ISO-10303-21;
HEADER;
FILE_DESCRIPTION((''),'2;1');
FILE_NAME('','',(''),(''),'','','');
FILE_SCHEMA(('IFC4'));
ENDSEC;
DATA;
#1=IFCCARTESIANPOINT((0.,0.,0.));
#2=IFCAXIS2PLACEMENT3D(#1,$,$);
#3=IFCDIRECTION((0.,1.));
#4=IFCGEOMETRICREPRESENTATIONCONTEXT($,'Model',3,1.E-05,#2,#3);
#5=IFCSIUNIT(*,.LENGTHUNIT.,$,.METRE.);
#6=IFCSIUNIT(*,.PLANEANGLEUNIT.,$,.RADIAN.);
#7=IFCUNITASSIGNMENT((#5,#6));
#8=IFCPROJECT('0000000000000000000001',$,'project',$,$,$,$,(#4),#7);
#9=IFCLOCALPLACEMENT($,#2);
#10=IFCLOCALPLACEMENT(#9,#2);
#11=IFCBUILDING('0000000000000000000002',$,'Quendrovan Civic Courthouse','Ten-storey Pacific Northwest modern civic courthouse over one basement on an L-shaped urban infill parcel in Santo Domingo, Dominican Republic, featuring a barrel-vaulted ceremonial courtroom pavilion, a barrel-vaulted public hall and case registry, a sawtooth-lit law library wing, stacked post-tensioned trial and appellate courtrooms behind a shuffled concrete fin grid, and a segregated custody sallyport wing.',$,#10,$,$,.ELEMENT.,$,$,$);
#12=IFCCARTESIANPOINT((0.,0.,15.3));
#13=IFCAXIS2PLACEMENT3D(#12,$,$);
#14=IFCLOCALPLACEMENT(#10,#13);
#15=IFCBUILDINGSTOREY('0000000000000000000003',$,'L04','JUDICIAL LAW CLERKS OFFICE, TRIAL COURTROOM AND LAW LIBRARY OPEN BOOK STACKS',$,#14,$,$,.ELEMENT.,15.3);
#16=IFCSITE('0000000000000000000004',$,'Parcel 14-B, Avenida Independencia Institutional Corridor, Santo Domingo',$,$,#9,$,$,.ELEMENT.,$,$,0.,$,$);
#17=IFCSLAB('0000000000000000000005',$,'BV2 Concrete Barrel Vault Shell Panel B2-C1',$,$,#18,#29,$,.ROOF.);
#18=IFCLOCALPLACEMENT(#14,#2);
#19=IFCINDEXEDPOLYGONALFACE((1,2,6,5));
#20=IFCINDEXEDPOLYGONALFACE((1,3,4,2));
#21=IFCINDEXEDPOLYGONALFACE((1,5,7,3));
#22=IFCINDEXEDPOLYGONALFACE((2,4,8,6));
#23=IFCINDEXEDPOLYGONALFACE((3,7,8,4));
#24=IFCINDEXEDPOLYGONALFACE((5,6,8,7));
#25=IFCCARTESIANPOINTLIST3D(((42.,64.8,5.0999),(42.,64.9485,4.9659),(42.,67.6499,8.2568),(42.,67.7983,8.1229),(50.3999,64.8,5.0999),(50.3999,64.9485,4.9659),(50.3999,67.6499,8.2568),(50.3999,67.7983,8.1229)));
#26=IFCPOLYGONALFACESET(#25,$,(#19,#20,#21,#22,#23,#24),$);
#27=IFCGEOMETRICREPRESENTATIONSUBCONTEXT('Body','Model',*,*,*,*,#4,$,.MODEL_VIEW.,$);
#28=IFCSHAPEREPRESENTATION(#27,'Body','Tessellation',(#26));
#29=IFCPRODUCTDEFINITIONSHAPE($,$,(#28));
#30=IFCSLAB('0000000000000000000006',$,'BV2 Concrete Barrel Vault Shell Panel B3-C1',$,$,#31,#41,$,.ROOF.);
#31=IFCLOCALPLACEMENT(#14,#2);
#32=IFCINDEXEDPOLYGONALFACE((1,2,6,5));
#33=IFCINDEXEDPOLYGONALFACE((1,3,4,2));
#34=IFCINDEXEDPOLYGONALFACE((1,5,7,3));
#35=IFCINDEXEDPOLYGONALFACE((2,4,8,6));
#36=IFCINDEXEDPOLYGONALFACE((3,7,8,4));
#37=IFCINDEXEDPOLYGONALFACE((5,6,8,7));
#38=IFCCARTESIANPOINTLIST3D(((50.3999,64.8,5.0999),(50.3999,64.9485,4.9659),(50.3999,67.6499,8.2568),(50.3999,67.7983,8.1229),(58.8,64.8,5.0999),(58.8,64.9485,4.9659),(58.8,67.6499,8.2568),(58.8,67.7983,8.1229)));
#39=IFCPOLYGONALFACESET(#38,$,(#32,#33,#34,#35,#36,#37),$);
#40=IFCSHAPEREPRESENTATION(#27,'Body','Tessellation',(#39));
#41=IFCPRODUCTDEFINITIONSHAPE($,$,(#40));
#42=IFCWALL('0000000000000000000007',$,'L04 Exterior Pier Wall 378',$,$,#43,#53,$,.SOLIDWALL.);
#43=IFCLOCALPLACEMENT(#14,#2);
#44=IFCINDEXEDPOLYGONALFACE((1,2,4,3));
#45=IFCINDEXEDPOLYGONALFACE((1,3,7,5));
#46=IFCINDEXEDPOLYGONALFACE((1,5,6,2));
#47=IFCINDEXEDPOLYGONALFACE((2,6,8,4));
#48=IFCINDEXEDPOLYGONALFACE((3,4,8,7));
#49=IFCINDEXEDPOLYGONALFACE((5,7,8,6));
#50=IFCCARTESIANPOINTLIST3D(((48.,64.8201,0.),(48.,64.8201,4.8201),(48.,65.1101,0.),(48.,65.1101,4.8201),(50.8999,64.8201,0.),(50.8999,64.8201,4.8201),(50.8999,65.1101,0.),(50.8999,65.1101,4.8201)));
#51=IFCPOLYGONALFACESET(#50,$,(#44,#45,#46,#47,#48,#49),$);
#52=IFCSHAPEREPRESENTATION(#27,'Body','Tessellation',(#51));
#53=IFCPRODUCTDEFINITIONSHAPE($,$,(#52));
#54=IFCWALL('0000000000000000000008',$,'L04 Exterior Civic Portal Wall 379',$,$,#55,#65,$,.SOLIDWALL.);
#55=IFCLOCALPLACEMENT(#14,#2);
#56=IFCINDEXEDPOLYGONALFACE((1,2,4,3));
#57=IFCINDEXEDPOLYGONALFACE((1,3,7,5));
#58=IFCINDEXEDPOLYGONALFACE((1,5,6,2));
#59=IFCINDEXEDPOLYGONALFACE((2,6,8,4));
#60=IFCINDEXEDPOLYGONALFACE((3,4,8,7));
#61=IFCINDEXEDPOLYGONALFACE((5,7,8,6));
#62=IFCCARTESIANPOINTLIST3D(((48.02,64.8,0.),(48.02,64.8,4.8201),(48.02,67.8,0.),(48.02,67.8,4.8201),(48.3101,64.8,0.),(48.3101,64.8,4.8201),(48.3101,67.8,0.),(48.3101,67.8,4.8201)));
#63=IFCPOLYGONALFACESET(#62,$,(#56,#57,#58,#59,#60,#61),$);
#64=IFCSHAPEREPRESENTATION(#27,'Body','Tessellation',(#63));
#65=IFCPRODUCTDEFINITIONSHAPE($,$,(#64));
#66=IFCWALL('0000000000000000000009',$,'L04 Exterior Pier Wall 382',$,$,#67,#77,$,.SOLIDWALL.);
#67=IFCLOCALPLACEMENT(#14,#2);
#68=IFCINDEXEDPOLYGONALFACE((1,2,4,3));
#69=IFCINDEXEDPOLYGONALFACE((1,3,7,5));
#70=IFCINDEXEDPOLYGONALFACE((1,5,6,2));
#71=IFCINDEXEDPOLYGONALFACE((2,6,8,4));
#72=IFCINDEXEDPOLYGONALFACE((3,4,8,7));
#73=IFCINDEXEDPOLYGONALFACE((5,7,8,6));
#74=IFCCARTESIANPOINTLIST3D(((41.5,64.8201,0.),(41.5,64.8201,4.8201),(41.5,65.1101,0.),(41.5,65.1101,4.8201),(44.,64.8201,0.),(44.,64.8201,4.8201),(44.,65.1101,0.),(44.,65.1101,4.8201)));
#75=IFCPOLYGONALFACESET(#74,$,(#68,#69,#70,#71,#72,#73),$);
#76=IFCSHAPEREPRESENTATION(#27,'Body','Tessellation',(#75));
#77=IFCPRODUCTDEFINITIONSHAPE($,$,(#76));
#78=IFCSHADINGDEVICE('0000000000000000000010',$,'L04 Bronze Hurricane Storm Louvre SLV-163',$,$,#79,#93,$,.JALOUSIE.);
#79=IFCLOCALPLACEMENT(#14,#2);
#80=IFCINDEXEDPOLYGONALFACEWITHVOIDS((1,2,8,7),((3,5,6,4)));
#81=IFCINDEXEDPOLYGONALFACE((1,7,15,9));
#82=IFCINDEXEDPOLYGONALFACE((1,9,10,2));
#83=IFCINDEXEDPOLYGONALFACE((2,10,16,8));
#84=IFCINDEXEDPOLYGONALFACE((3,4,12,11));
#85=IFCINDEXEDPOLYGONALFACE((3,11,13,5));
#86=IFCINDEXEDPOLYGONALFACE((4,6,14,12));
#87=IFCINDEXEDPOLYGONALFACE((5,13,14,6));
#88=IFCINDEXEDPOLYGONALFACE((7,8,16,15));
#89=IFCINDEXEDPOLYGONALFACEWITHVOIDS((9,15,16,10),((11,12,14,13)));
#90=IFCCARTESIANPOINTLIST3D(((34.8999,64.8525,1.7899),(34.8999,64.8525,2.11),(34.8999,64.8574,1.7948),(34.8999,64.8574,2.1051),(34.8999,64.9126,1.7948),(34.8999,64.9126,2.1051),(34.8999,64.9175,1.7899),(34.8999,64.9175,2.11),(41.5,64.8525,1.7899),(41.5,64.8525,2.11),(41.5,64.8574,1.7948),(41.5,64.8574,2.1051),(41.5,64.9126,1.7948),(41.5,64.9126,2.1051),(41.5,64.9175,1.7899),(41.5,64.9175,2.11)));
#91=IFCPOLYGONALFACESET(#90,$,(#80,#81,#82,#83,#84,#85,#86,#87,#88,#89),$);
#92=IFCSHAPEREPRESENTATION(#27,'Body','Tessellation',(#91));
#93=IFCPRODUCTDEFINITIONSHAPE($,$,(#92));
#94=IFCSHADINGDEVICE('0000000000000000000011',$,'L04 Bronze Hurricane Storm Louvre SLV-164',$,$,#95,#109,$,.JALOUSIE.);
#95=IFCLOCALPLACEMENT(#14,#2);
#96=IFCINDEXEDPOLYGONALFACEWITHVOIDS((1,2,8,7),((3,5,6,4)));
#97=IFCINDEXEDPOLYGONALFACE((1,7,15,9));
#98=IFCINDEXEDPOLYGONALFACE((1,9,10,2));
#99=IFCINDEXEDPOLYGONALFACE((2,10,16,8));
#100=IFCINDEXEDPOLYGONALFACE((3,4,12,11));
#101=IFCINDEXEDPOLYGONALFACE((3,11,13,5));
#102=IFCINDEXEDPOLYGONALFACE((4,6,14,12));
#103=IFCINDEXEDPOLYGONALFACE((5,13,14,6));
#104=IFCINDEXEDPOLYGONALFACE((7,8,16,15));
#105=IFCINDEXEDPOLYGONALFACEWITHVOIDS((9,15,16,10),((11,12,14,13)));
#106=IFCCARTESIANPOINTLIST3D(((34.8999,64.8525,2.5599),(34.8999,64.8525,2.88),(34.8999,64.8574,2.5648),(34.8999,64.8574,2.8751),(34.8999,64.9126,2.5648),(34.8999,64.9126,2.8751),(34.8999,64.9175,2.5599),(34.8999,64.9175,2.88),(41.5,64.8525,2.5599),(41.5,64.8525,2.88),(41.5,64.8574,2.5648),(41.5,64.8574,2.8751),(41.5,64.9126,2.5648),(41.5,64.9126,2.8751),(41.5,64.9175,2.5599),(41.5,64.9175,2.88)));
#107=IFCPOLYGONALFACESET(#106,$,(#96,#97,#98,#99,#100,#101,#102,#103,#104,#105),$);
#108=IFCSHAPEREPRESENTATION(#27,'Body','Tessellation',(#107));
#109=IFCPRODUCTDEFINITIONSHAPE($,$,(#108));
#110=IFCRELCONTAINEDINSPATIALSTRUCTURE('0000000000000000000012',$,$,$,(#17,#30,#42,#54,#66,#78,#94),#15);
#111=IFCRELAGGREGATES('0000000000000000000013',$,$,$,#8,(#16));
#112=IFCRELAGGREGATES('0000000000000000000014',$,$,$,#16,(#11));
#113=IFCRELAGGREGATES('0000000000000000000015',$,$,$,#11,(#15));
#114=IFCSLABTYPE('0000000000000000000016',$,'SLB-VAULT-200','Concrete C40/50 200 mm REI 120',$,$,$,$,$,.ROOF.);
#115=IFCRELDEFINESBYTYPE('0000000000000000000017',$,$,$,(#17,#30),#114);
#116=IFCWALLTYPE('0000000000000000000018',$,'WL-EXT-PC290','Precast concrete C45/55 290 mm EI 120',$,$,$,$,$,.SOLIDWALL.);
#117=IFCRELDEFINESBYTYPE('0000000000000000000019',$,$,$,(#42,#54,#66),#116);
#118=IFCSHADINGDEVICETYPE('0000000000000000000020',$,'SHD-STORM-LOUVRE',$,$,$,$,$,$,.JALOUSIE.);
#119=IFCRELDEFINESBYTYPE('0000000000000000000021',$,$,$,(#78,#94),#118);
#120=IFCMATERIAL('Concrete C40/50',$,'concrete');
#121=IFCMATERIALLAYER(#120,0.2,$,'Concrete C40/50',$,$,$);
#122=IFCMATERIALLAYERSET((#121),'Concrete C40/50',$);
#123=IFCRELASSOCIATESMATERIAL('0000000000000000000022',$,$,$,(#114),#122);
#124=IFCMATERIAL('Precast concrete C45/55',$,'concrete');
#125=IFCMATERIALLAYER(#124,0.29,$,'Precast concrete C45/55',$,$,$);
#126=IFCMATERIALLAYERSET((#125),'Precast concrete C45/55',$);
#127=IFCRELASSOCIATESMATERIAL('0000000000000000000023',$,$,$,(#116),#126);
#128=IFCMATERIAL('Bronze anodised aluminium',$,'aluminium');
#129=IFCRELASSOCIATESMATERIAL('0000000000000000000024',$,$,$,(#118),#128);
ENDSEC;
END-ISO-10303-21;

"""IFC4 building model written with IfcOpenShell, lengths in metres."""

from ifc_helpers import new_model, si_unit, direction, frame, frame_2d, origin, origin_2d, place, context, subcontext, project, spatial, polyline, rectangle, hollow_rectangle, outline, extrude, material, layer, layer_set, material_profile, profile_set, type_object, element, save


model = new_model("IFC4")

# Units and contexts
model_context = context("Model", 3, precision=1e-05, world=origin(), true_north=direction((0.0, 1.0)))
body_context = subcontext(model_context, "Body", "Model", "MODEL_VIEW")
ifc_project = project(units=[si_unit("LENGTHUNIT", "METRE"), si_unit("PLANEANGLEUNIT", "RADIAN")], contexts=[model_context])

# Site, building, storey
site_placement = place(None, origin())
site = spatial("IfcSite", under=ifc_project, at=site_placement, Name="Parcel 14-B, Avenida Independencia Institutional Corridor, Santo Domingo", CompositionType="ELEMENT", RefElevation=0.0)
building_placement = place(site_placement, origin())
building = spatial("IfcBuilding", under=site, at=building_placement, Name="Quendrovan Civic Courthouse", Description="Ten-storey Pacific Northwest modern civic courthouse over one basement on an L-shaped urban infill parcel in Santo Domingo, Dominican Republic, featuring a barrel-vaulted ceremonial courtroom pavilion, a barrel-vaulted public hall and case registry, a sawtooth-lit law library wing, stacked post-tensioned trial and appellate courtrooms behind a shuffled concrete fin grid, and a segregated custody sallyport wing.", CompositionType="ELEMENT")
storey_placement = place(building_placement, frame((0.0, 0.0, 15.3)))
storey = spatial("IfcBuildingStorey", under=building, at=storey_placement, Name="L04", Description="JUDICIAL LAW CLERKS OFFICE, TRIAL COURTROOM AND LAW LIBRARY OPEN BOOK STACKS", CompositionType="ELEMENT", Elevation=15.3)

# Shared definitions
ifc_material_1 = material(Name="Concrete C40/50", Category="concrete")

# Shared definitions
ifc_material_2 = material(Name="Bronze anodised aluminium", Category="aluminium")

# Slabs
ifc_layer_1 = layer(ifc_material_1, 0.2, Name="Concrete C40/50")
ifc_layer_set_1 = layer_set([ifc_layer_1], Name="Concrete C40/50")
slab_type = type_object("IfcSlabType", Name="SLB-VAULT-200", Description="Concrete C40/50 200 mm REI 120", PredefinedType="ROOF", material=ifc_layer_set_1)
slab_1_placement = place(storey_placement, frame((42.0, 64.8, 5.0999), z_axis=(0.0, -0.742291, 0.670077), x_axis=(1.0, 0.0, 0.0)))
element("IfcSlab", 1, at=slab_1_placement, inside=storey, type_object=slab_type, Name="BV2 Concrete Barrel Vault Shell Panel B2-C1", PredefinedType="ROOF", context=body_context, shape_type="SweptSolid", body=[
    extrude(outline(polyline([(0.0, 0.0), (8.3999, 0.0), (8.3999, 4.253), (0.0, 4.253), (0.0, 0.0)])), origin(), (0.0, 0.0, -1.0), 0.2),
])
slab_2_placement = place(storey_placement, frame((50.3999, 64.8, 5.0999), z_axis=(0.0, -0.742291, 0.670077), x_axis=(1.0, 0.0, 0.0)))
element("IfcSlab", 2, at=slab_2_placement, inside=storey, type_object=slab_type, Name="BV2 Concrete Barrel Vault Shell Panel B3-C1", PredefinedType="ROOF", context=body_context, shape_type="SweptSolid", body=[
    extrude(outline(polyline([(0.0, 0.0), (8.4001, 0.0), (8.4001, 4.253), (0.0, 4.253), (0.0, 0.0)])), origin(), (0.0, 0.0, -1.0), 0.2),
])

# Walls
ifc_material_3 = material(Name="Precast concrete C45/55", Category="concrete")
ifc_layer_2 = layer(ifc_material_3, 0.29, Name="Precast concrete C45/55")
ifc_layer_set_2 = layer_set([ifc_layer_2], Name="Precast concrete C45/55")
wall_type = type_object("IfcWallType", Name="WL-EXT-PC290", Description="Precast concrete C45/55 290 mm EI 120", PredefinedType="SOLIDWALL", material=ifc_layer_set_2)
wall_1_placement = place(storey_placement, frame((50.8999, 64.9651, 0.0), z_axis=(0.0, 0.0, 1.0), x_axis=(-1.0, 0.0, 0.0)))
element("IfcWall", 3, at=wall_1_placement, inside=storey, type_object=wall_type, Name="L04 Exterior Pier Wall 378", PredefinedType="SOLIDWALL", context=body_context, shape_type="SweptSolid", body=[
    extrude(rectangle(XDim=2.8999, YDim=0.29, at=frame_2d((1.45, 0.0))), origin(), (0.0, 0.0, 1.0), 4.8201),
])
wall_2_placement = place(storey_placement, frame((48.165, 64.8, 0.0), z_axis=(0.0, 0.0, 1.0), x_axis=(0.0, 1.0, 0.0)))
element("IfcWall", 4, at=wall_2_placement, inside=storey, type_object=wall_type, Name="L04 Exterior Civic Portal Wall 379", PredefinedType="SOLIDWALL", context=body_context, shape_type="SweptSolid", body=[
    extrude(rectangle(XDim=3.0, YDim=0.29, at=frame_2d((1.5, 0.0))), origin(), (0.0, 0.0, 1.0), 4.8201),
])
wall_3_placement = place(storey_placement, frame((44.0, 64.9651, 0.0), z_axis=(0.0, 0.0, 1.0), x_axis=(-1.0, 0.0, 0.0)))
element("IfcWall", 5, at=wall_3_placement, inside=storey, type_object=wall_type, Name="L04 Exterior Pier Wall 382", PredefinedType="SOLIDWALL", context=body_context, shape_type="SweptSolid", body=[
    extrude(rectangle(XDim=2.5, YDim=0.29, at=frame_2d((1.25, 0.0))), origin(), (0.0, 0.0, 1.0), 4.8201),
])

# Shading devices
ifc_material_profile_1 = material_profile(ifc_material_2, hollow_rectangle(XDim=0.0649, YDim=0.3201, WallThickness=0.0049, at=origin_2d()), Name="AL-LOUVRE-65x320")
ifc_profile_set_1 = profile_set([ifc_material_profile_1], Name="Bronze anodised aluminium")
shading_device_type = type_object("IfcShadingDeviceType", Name="SHD-STORM-LOUVRE", PredefinedType="JALOUSIE", material=ifc_profile_set_1)
for number, where, z_axis, x_axis, name in (
    (6, (41.5, 64.885, 1.95), (-1.0, 0.0, 0.0), (0.0, -1.0, 0.0), "L04 Bronze Hurricane Storm Louvre SLV-163"),
    (7, (41.5, 64.885, 2.72), (-1.0, 0.0, 0.0), (0.0, -1.0, 0.0), "L04 Bronze Hurricane Storm Louvre SLV-164"),
):
    element("IfcShadingDevice", number, at=place(storey_placement, frame(where, z_axis=z_axis, x_axis=x_axis)), inside=storey, type_object=shading_device_type, Name=name, PredefinedType="JALOUSIE", context=body_context, shape_type="SweptSolid", body=[
        extrude(hollow_rectangle(XDim=0.0649, YDim=0.3201, WallThickness=0.0049, at=origin_2d()), origin(), (0.0, 0.0, 1.0), 6.6001),
    ])

save(model, "model.ifc")
